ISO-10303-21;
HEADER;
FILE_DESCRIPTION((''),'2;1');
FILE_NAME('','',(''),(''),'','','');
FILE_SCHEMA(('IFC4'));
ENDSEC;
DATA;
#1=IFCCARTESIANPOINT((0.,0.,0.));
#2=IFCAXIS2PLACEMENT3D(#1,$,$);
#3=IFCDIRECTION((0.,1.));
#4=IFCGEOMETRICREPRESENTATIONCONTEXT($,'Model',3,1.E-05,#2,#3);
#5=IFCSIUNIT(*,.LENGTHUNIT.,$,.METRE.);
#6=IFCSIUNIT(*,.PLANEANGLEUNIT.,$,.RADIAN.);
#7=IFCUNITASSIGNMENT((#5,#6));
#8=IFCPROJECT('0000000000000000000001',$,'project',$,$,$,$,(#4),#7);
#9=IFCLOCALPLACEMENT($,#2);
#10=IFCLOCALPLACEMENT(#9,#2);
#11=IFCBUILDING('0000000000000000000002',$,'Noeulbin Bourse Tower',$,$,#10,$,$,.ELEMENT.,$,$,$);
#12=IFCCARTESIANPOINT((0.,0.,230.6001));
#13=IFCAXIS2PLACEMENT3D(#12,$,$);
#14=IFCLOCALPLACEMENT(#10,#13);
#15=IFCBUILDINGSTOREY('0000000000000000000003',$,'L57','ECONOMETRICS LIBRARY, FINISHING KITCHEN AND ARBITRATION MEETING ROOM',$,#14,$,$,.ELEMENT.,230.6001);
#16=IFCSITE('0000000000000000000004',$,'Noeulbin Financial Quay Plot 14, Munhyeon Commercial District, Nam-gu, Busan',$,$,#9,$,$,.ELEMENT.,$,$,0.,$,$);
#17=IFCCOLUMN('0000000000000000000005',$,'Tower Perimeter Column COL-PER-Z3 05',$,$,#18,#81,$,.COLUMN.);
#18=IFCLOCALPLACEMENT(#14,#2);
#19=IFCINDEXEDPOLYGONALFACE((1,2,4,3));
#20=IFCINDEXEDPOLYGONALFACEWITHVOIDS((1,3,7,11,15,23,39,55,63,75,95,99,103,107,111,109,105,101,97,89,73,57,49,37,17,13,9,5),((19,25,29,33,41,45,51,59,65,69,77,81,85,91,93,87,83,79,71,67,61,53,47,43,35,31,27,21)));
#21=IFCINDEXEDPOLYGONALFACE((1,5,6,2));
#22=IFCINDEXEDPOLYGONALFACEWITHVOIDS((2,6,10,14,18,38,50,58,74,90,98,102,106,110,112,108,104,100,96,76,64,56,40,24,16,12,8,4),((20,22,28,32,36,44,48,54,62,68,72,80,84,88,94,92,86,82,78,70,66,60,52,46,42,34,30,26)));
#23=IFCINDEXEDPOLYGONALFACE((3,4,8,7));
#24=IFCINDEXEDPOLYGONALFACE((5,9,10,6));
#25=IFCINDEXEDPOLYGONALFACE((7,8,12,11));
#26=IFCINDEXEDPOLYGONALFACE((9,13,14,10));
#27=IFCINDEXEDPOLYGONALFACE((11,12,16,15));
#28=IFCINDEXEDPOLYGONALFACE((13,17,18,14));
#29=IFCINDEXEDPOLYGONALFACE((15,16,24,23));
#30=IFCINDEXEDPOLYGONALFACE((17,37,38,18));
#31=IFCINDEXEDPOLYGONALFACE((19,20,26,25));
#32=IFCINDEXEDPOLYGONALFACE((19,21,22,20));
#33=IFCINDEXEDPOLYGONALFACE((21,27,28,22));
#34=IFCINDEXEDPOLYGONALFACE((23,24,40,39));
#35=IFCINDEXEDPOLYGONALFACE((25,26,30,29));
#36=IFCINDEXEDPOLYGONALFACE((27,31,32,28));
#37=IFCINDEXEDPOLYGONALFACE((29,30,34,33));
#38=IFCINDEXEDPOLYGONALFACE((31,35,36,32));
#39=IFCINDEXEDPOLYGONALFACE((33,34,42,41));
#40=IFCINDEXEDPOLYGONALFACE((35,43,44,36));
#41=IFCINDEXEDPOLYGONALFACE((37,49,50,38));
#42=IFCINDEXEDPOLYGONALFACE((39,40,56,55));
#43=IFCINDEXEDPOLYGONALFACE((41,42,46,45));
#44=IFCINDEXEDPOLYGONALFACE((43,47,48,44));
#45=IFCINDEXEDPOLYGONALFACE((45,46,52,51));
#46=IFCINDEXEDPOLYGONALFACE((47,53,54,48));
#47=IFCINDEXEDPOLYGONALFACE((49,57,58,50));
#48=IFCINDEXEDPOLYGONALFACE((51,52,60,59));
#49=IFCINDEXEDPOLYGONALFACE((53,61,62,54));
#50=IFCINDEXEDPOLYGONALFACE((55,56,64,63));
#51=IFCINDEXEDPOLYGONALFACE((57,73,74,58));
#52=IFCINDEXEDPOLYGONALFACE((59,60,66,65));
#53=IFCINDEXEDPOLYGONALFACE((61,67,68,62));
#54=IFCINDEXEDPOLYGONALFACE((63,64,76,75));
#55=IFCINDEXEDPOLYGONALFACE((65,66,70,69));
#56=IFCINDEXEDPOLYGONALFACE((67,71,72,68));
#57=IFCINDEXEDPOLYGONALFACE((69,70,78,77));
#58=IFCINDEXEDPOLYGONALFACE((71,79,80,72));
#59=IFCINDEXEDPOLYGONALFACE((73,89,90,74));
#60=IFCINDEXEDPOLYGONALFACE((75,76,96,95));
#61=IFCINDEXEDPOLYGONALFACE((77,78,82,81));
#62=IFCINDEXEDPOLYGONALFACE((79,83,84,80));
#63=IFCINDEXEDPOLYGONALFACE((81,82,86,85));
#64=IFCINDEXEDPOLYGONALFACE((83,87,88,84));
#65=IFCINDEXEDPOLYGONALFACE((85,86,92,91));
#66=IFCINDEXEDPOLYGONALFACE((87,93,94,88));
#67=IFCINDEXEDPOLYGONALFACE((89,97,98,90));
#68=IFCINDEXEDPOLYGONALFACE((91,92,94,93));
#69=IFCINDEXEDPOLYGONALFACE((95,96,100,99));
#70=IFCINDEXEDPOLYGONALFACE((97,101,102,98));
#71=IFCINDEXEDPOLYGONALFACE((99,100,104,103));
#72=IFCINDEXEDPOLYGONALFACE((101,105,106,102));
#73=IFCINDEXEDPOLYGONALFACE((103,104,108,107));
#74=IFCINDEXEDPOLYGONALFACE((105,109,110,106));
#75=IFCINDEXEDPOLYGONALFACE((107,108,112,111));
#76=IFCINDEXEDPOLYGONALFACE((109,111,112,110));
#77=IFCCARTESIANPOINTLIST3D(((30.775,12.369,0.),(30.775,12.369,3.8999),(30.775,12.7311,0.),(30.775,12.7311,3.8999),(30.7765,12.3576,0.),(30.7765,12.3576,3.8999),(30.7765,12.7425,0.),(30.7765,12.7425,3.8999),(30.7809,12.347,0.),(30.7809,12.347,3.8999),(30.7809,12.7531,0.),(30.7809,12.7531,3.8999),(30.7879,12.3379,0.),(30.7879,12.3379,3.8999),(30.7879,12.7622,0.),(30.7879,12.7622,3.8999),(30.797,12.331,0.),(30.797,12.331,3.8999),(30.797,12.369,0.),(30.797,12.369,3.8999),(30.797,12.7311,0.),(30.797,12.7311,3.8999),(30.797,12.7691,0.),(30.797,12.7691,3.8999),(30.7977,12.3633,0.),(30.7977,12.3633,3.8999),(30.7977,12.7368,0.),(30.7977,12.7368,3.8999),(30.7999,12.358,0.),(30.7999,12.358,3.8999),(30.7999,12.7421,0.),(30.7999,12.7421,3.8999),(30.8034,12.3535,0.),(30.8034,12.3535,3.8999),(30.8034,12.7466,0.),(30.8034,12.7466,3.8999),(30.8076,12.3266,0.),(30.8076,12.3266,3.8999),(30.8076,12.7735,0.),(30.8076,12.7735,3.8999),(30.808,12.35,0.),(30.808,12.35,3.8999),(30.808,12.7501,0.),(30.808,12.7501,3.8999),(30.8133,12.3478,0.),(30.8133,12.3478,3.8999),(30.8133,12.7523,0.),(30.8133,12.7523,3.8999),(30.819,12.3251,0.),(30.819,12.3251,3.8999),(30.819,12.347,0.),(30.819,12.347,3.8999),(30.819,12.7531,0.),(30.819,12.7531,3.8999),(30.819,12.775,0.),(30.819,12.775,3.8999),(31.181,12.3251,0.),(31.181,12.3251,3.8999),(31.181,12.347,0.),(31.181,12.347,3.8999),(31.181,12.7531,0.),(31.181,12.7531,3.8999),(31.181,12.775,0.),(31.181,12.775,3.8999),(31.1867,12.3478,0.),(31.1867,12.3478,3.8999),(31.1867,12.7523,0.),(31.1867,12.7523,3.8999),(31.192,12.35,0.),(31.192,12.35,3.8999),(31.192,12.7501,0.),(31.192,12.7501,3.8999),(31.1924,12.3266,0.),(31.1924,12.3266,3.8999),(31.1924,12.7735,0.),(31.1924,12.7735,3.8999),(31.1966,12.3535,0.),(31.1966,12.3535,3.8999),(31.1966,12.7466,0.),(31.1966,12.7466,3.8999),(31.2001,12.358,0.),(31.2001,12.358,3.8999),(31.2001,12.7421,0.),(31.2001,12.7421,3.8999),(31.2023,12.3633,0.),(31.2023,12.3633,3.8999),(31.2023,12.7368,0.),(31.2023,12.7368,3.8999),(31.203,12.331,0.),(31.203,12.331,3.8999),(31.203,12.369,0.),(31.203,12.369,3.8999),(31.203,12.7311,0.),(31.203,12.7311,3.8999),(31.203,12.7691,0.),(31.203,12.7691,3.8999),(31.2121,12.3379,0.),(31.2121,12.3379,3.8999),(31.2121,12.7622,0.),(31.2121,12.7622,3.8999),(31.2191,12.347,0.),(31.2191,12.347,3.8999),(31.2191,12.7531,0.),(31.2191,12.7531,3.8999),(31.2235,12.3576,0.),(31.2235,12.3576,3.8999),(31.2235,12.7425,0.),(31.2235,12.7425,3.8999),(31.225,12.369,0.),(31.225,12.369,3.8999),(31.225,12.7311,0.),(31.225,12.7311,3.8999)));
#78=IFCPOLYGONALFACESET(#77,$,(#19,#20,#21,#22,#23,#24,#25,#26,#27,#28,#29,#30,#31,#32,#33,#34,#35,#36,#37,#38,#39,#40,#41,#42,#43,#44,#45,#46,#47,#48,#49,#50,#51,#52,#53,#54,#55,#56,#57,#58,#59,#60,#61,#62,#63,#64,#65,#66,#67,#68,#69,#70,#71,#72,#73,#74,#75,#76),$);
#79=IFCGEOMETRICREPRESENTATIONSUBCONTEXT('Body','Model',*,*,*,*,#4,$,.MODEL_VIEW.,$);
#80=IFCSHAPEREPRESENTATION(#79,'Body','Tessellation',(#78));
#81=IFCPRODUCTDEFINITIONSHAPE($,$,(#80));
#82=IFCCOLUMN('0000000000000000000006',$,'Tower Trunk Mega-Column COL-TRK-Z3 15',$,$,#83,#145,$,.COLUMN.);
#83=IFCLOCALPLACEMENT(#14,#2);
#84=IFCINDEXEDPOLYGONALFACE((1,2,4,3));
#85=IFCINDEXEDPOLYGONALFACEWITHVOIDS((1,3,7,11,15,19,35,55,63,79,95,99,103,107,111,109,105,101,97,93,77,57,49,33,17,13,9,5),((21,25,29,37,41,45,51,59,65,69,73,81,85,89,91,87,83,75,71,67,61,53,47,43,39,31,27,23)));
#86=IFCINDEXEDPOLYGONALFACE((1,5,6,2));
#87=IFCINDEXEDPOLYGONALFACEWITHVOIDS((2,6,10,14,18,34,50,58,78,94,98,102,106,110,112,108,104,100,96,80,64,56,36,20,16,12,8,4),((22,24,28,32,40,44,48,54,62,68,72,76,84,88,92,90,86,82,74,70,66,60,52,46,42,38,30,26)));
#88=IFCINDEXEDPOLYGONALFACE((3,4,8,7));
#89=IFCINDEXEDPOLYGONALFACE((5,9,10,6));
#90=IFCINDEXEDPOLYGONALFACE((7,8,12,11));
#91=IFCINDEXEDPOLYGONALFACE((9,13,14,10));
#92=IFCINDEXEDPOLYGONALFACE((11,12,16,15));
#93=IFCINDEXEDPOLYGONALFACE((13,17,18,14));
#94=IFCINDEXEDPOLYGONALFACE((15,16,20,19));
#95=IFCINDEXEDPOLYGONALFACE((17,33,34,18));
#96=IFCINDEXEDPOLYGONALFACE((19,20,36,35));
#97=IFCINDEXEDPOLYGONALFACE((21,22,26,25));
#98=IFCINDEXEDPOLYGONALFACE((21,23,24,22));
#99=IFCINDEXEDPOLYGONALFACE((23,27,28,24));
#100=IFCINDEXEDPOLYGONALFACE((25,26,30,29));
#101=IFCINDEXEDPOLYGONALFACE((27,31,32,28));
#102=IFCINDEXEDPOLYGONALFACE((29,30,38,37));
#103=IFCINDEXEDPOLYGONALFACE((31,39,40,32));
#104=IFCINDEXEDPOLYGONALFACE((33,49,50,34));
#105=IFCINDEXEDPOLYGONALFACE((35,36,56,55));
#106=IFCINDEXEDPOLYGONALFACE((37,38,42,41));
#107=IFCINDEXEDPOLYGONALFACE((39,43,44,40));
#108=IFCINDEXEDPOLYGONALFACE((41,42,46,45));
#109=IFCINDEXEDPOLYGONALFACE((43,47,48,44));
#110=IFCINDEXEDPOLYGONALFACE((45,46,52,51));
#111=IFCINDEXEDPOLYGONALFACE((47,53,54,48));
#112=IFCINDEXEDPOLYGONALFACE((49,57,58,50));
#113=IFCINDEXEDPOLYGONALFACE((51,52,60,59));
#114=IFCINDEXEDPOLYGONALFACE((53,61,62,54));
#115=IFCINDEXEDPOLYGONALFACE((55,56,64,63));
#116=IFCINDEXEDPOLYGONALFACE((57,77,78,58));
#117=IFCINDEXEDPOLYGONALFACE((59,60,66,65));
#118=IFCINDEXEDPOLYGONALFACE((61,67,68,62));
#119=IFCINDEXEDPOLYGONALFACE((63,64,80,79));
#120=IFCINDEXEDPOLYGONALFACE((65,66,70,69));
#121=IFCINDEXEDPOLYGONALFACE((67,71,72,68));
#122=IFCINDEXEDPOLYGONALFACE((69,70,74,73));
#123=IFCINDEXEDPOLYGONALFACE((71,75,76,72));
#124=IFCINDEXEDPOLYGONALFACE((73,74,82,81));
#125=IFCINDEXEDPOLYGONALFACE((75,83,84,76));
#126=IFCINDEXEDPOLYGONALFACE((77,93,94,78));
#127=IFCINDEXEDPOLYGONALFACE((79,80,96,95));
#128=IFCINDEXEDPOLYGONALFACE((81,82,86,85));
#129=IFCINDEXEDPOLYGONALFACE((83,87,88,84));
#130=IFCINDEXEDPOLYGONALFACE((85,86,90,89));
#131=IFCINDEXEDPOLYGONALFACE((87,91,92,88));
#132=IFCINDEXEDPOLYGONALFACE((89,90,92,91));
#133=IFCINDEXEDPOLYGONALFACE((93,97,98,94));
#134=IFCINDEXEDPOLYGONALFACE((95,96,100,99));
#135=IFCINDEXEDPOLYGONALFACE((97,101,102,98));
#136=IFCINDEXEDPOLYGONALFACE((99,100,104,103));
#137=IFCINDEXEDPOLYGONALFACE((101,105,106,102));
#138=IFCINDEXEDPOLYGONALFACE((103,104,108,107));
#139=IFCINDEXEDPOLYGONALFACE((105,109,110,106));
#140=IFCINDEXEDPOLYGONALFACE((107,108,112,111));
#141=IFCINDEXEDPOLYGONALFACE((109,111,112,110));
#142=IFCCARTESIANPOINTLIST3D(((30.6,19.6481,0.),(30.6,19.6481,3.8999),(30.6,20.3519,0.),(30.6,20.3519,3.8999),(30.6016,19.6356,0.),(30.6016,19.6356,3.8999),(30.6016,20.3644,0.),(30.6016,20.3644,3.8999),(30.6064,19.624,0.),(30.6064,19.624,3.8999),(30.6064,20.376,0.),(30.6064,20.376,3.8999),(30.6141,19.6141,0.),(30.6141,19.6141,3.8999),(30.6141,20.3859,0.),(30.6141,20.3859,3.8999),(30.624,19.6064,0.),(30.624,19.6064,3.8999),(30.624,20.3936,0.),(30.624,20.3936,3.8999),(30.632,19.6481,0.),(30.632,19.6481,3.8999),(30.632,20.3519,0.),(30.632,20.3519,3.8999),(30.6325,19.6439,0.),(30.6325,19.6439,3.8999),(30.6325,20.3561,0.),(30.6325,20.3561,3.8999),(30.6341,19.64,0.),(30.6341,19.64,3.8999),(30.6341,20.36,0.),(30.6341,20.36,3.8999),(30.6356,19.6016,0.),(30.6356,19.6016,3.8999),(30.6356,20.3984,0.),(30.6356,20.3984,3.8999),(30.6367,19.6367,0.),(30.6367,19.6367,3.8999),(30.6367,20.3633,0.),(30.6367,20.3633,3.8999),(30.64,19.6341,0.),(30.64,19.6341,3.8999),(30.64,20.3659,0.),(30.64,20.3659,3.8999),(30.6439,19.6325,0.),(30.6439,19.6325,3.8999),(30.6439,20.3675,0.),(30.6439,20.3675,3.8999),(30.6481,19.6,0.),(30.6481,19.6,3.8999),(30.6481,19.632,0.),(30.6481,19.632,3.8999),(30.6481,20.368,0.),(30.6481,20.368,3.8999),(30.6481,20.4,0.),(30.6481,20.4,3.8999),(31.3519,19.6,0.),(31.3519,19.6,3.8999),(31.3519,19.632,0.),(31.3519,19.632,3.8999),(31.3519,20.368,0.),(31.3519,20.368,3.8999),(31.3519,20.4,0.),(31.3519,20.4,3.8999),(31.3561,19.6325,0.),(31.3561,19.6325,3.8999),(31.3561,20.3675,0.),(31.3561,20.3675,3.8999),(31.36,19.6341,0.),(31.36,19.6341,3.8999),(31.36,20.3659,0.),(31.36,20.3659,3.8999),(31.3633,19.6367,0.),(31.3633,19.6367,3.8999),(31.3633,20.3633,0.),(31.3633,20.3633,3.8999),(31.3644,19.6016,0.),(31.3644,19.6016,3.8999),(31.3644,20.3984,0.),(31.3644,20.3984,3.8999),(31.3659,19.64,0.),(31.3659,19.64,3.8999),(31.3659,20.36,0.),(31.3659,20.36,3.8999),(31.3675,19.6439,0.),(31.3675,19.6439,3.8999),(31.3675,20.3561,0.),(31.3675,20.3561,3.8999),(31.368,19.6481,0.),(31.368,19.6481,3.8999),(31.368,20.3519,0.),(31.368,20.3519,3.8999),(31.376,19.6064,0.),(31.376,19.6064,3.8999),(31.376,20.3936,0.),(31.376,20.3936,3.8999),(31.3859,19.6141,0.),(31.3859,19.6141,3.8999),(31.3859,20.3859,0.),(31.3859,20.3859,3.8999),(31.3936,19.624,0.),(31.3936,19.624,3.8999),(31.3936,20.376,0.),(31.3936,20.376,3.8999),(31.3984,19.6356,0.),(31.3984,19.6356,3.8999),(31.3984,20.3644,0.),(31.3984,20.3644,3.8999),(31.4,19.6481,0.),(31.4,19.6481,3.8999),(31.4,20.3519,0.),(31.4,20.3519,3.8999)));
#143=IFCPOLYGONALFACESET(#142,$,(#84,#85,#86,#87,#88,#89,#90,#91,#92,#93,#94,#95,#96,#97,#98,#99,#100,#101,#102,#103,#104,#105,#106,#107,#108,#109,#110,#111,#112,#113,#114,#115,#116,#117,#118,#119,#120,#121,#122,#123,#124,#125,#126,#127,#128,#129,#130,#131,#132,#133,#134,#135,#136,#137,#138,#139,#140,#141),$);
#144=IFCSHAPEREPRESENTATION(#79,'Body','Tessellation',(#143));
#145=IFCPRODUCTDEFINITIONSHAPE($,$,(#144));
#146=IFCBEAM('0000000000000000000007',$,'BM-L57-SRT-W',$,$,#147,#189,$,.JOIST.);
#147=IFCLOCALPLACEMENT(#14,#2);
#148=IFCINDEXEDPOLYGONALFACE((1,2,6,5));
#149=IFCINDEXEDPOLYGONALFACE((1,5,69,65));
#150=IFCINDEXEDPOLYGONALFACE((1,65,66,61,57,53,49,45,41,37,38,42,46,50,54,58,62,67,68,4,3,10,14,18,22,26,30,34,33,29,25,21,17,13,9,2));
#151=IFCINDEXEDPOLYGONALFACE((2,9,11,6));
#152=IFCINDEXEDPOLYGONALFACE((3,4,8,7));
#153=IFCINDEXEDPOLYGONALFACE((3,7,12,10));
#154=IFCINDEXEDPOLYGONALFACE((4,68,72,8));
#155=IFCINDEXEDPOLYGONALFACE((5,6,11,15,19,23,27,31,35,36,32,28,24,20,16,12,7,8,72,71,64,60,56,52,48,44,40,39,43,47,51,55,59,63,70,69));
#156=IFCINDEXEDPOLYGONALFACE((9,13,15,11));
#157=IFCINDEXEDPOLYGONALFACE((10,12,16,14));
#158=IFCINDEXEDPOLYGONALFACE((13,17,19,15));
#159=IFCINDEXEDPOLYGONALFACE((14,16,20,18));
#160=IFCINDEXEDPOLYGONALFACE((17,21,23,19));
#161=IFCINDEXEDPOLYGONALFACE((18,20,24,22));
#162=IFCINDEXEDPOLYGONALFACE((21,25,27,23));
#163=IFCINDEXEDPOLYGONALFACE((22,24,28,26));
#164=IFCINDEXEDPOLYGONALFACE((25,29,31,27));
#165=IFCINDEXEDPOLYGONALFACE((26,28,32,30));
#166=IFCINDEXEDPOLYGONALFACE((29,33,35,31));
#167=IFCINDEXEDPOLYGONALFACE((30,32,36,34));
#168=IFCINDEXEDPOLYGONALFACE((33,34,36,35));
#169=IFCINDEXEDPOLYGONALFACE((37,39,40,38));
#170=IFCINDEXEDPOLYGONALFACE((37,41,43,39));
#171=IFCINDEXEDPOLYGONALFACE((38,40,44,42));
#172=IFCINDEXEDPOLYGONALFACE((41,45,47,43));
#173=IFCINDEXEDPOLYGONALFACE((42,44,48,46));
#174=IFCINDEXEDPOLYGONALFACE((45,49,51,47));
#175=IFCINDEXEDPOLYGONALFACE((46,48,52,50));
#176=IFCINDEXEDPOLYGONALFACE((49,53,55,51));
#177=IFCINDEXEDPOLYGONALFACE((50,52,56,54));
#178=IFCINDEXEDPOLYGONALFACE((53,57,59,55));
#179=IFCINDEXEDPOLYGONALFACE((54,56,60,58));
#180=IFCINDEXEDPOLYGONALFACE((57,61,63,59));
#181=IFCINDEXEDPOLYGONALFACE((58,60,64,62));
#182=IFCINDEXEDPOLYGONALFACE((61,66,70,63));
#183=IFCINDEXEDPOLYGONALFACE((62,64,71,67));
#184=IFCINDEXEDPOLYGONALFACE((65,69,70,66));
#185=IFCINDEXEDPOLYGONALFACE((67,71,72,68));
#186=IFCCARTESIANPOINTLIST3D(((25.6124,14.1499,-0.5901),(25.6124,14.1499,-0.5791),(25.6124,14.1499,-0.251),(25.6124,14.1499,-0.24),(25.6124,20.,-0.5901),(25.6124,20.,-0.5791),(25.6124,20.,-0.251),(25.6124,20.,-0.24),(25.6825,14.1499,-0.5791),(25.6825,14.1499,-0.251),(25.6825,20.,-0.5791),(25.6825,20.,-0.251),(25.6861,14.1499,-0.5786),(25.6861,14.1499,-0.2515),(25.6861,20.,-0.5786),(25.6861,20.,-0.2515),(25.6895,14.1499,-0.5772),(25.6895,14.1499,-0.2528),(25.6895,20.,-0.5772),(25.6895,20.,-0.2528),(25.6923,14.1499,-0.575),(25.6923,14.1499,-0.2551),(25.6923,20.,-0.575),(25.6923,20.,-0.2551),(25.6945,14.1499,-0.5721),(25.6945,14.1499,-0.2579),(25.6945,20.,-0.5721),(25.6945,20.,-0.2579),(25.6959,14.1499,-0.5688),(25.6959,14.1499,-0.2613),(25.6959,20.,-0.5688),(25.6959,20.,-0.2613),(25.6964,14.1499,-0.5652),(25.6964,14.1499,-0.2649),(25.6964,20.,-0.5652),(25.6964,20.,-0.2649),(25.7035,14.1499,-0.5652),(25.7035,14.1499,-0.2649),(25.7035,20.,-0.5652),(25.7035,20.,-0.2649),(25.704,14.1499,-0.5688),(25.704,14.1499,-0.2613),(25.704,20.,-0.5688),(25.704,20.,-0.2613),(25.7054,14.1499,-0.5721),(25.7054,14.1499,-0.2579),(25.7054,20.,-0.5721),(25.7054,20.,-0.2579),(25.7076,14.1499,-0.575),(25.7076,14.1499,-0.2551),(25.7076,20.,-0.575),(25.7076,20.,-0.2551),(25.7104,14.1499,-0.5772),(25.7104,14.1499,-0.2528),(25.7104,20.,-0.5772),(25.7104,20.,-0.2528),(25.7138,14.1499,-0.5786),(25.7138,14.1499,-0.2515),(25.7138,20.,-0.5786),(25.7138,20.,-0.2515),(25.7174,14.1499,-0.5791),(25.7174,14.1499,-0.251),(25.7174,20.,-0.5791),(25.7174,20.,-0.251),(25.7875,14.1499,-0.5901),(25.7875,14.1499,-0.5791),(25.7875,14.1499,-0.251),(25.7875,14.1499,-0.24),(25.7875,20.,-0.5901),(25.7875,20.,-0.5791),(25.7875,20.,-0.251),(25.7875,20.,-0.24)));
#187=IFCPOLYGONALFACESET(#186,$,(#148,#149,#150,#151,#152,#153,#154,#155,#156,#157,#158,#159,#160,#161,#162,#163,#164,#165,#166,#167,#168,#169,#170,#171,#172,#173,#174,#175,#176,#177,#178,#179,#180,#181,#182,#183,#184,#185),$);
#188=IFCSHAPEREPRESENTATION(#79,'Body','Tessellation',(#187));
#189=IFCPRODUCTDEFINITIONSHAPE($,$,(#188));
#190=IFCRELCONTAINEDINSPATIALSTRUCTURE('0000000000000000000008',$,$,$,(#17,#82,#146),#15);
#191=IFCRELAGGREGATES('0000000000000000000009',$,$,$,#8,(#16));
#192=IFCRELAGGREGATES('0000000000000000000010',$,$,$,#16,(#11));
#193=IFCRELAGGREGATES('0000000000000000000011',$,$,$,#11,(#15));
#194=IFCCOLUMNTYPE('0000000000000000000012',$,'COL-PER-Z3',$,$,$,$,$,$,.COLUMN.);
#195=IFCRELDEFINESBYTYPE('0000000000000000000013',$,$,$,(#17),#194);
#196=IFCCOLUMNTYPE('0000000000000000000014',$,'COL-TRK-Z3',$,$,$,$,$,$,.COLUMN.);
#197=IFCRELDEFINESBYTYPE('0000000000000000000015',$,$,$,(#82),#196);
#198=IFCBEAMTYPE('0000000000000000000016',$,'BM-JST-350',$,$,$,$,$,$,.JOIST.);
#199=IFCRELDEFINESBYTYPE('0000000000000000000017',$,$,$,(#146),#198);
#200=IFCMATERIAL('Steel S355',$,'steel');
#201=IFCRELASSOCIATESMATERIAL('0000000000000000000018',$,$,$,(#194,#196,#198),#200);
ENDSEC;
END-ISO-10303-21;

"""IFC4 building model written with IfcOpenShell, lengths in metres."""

from ifc_helpers import new_model, si_unit, direction, frame, origin, origin_2d, place, context, subcontext, project, spatial, hollow_rectangle, i_section, extrude, material, material_profile, profile_set, type_object, element, save


model = new_model("IFC4")

# Units and contexts
model_context = context("Model", 3, precision=1e-05, world=origin(), true_north=direction((0.0, 1.0)))
body_context = subcontext(model_context, "Body", "Model", "MODEL_VIEW")
ifc_project = project(units=[si_unit("LENGTHUNIT", "METRE"), si_unit("PLANEANGLEUNIT", "RADIAN")], contexts=[model_context])

# Site, building, storey
site_placement = place(None, origin())
site = spatial("IfcSite", under=ifc_project, at=site_placement, Name="Noeulbin Financial Quay Plot 14, Munhyeon Commercial District, Nam-gu, Busan", CompositionType="ELEMENT", RefElevation=0.0)
building_placement = place(site_placement, origin())
building = spatial("IfcBuilding", under=site, at=building_placement, Name="Noeulbin Bourse Tower", CompositionType="ELEMENT")
storey_placement = place(building_placement, frame((0.0, 0.0, 230.6001)))
storey = spatial("IfcBuildingStorey", under=building, at=storey_placement, Name="L57", Description="ECONOMETRICS LIBRARY, FINISHING KITCHEN AND ARBITRATION MEETING ROOM", CompositionType="ELEMENT", Elevation=230.6001)

# Columns
ifc_material_1 = material(Name="Steel S355", Category="steel")
ifc_material_profile_1 = material_profile(ifc_material_1, hollow_rectangle(XDim=0.45, YDim=0.45, WallThickness=0.022, InnerFilletRadius=0.022, OuterFilletRadius=0.0439, at=origin_2d()), Name="SHS-450x450x22", Category="LoadBearing")
ifc_profile_set_1 = profile_set([ifc_material_profile_1], Name="Steel S355")
column_type_1 = type_object("IfcColumnType", Name="COL-PER-Z3", PredefinedType="COLUMN", material=ifc_profile_set_1)
column_1_placement = place(storey_placement, frame((31.0, 12.55, 0.0), z_axis=(0.0, 0.0, 1.0), x_axis=(1.0, 0.0, 0.0)))
element("IfcColumn", 1, at=column_1_placement, inside=storey, type_object=column_type_1, Name="Tower Perimeter Column COL-PER-Z3 05", PredefinedType="COLUMN", context=body_context, shape_type="SweptSolid", body=[
    extrude(hollow_rectangle(XDim=0.45, YDim=0.45, WallThickness=0.022, InnerFilletRadius=0.022, OuterFilletRadius=0.0439, at=origin_2d()), origin(), (0.0, 0.0, 1.0), 3.8999),
])
ifc_material_profile_2 = material_profile(ifc_material_1, hollow_rectangle(XDim=0.8, YDim=0.8, WallThickness=0.032, InnerFilletRadius=0.0161, OuterFilletRadius=0.0481, at=origin_2d()), Name="BOX-800x800x32", Category="LoadBearing")
ifc_profile_set_2 = profile_set([ifc_material_profile_2], Name="Steel S355")
column_type_2 = type_object("IfcColumnType", Name="COL-TRK-Z3", PredefinedType="COLUMN", material=ifc_profile_set_2)
column_2_placement = place(storey_placement, frame((31.0, 20.0, 0.0), z_axis=(0.0, 0.0, 1.0), x_axis=(1.0, 0.0, 0.0)))
element("IfcColumn", 2, at=column_2_placement, inside=storey, type_object=column_type_2, Name="Tower Trunk Mega-Column COL-TRK-Z3 15", PredefinedType="COLUMN", context=body_context, shape_type="SweptSolid", body=[
    extrude(hollow_rectangle(XDim=0.8, YDim=0.8, WallThickness=0.032, InnerFilletRadius=0.0161, OuterFilletRadius=0.0481, at=origin_2d()), origin(), (0.0, 0.0, 1.0), 3.8999),
])

# Beam
ifc_material_profile_3 = material_profile(ifc_material_1, i_section(OverallWidth=0.175, OverallDepth=0.3501, WebThickness=0.0071, FlangeThickness=0.011, FilletRadius=0.0139, at=origin_2d()), Name="H-350x175x7x11", Category="LoadBearing")
ifc_profile_set_3 = profile_set([ifc_material_profile_3], Name="Steel S355")
beam_type_1 = type_object("IfcBeamType", Name="BM-JST-350", PredefinedType="JOIST", material=ifc_profile_set_3)
for number, where, z_axis, x_axis, name in (
    (3, (25.7, 14.1499, -0.415), (0.0, 1.0, 0.0), (-1.0, 0.0, 0.0), "BM-L57-SRT-W"),
):
    element("IfcBeam", number, at=place(storey_placement, frame(where, z_axis=z_axis, x_axis=x_axis)), inside=storey, type_object=beam_type_1, Name=name, PredefinedType="JOIST", context=body_context, shape_type="SweptSolid", body=[
        extrude(i_section(OverallWidth=0.175, OverallDepth=0.3501, WebThickness=0.0071, FlangeThickness=0.011, FilletRadius=0.0139, at=origin_2d()), origin(), (0.0, 0.0, 1.0), 5.8501),
    ])

save(model, "model.ifc")
